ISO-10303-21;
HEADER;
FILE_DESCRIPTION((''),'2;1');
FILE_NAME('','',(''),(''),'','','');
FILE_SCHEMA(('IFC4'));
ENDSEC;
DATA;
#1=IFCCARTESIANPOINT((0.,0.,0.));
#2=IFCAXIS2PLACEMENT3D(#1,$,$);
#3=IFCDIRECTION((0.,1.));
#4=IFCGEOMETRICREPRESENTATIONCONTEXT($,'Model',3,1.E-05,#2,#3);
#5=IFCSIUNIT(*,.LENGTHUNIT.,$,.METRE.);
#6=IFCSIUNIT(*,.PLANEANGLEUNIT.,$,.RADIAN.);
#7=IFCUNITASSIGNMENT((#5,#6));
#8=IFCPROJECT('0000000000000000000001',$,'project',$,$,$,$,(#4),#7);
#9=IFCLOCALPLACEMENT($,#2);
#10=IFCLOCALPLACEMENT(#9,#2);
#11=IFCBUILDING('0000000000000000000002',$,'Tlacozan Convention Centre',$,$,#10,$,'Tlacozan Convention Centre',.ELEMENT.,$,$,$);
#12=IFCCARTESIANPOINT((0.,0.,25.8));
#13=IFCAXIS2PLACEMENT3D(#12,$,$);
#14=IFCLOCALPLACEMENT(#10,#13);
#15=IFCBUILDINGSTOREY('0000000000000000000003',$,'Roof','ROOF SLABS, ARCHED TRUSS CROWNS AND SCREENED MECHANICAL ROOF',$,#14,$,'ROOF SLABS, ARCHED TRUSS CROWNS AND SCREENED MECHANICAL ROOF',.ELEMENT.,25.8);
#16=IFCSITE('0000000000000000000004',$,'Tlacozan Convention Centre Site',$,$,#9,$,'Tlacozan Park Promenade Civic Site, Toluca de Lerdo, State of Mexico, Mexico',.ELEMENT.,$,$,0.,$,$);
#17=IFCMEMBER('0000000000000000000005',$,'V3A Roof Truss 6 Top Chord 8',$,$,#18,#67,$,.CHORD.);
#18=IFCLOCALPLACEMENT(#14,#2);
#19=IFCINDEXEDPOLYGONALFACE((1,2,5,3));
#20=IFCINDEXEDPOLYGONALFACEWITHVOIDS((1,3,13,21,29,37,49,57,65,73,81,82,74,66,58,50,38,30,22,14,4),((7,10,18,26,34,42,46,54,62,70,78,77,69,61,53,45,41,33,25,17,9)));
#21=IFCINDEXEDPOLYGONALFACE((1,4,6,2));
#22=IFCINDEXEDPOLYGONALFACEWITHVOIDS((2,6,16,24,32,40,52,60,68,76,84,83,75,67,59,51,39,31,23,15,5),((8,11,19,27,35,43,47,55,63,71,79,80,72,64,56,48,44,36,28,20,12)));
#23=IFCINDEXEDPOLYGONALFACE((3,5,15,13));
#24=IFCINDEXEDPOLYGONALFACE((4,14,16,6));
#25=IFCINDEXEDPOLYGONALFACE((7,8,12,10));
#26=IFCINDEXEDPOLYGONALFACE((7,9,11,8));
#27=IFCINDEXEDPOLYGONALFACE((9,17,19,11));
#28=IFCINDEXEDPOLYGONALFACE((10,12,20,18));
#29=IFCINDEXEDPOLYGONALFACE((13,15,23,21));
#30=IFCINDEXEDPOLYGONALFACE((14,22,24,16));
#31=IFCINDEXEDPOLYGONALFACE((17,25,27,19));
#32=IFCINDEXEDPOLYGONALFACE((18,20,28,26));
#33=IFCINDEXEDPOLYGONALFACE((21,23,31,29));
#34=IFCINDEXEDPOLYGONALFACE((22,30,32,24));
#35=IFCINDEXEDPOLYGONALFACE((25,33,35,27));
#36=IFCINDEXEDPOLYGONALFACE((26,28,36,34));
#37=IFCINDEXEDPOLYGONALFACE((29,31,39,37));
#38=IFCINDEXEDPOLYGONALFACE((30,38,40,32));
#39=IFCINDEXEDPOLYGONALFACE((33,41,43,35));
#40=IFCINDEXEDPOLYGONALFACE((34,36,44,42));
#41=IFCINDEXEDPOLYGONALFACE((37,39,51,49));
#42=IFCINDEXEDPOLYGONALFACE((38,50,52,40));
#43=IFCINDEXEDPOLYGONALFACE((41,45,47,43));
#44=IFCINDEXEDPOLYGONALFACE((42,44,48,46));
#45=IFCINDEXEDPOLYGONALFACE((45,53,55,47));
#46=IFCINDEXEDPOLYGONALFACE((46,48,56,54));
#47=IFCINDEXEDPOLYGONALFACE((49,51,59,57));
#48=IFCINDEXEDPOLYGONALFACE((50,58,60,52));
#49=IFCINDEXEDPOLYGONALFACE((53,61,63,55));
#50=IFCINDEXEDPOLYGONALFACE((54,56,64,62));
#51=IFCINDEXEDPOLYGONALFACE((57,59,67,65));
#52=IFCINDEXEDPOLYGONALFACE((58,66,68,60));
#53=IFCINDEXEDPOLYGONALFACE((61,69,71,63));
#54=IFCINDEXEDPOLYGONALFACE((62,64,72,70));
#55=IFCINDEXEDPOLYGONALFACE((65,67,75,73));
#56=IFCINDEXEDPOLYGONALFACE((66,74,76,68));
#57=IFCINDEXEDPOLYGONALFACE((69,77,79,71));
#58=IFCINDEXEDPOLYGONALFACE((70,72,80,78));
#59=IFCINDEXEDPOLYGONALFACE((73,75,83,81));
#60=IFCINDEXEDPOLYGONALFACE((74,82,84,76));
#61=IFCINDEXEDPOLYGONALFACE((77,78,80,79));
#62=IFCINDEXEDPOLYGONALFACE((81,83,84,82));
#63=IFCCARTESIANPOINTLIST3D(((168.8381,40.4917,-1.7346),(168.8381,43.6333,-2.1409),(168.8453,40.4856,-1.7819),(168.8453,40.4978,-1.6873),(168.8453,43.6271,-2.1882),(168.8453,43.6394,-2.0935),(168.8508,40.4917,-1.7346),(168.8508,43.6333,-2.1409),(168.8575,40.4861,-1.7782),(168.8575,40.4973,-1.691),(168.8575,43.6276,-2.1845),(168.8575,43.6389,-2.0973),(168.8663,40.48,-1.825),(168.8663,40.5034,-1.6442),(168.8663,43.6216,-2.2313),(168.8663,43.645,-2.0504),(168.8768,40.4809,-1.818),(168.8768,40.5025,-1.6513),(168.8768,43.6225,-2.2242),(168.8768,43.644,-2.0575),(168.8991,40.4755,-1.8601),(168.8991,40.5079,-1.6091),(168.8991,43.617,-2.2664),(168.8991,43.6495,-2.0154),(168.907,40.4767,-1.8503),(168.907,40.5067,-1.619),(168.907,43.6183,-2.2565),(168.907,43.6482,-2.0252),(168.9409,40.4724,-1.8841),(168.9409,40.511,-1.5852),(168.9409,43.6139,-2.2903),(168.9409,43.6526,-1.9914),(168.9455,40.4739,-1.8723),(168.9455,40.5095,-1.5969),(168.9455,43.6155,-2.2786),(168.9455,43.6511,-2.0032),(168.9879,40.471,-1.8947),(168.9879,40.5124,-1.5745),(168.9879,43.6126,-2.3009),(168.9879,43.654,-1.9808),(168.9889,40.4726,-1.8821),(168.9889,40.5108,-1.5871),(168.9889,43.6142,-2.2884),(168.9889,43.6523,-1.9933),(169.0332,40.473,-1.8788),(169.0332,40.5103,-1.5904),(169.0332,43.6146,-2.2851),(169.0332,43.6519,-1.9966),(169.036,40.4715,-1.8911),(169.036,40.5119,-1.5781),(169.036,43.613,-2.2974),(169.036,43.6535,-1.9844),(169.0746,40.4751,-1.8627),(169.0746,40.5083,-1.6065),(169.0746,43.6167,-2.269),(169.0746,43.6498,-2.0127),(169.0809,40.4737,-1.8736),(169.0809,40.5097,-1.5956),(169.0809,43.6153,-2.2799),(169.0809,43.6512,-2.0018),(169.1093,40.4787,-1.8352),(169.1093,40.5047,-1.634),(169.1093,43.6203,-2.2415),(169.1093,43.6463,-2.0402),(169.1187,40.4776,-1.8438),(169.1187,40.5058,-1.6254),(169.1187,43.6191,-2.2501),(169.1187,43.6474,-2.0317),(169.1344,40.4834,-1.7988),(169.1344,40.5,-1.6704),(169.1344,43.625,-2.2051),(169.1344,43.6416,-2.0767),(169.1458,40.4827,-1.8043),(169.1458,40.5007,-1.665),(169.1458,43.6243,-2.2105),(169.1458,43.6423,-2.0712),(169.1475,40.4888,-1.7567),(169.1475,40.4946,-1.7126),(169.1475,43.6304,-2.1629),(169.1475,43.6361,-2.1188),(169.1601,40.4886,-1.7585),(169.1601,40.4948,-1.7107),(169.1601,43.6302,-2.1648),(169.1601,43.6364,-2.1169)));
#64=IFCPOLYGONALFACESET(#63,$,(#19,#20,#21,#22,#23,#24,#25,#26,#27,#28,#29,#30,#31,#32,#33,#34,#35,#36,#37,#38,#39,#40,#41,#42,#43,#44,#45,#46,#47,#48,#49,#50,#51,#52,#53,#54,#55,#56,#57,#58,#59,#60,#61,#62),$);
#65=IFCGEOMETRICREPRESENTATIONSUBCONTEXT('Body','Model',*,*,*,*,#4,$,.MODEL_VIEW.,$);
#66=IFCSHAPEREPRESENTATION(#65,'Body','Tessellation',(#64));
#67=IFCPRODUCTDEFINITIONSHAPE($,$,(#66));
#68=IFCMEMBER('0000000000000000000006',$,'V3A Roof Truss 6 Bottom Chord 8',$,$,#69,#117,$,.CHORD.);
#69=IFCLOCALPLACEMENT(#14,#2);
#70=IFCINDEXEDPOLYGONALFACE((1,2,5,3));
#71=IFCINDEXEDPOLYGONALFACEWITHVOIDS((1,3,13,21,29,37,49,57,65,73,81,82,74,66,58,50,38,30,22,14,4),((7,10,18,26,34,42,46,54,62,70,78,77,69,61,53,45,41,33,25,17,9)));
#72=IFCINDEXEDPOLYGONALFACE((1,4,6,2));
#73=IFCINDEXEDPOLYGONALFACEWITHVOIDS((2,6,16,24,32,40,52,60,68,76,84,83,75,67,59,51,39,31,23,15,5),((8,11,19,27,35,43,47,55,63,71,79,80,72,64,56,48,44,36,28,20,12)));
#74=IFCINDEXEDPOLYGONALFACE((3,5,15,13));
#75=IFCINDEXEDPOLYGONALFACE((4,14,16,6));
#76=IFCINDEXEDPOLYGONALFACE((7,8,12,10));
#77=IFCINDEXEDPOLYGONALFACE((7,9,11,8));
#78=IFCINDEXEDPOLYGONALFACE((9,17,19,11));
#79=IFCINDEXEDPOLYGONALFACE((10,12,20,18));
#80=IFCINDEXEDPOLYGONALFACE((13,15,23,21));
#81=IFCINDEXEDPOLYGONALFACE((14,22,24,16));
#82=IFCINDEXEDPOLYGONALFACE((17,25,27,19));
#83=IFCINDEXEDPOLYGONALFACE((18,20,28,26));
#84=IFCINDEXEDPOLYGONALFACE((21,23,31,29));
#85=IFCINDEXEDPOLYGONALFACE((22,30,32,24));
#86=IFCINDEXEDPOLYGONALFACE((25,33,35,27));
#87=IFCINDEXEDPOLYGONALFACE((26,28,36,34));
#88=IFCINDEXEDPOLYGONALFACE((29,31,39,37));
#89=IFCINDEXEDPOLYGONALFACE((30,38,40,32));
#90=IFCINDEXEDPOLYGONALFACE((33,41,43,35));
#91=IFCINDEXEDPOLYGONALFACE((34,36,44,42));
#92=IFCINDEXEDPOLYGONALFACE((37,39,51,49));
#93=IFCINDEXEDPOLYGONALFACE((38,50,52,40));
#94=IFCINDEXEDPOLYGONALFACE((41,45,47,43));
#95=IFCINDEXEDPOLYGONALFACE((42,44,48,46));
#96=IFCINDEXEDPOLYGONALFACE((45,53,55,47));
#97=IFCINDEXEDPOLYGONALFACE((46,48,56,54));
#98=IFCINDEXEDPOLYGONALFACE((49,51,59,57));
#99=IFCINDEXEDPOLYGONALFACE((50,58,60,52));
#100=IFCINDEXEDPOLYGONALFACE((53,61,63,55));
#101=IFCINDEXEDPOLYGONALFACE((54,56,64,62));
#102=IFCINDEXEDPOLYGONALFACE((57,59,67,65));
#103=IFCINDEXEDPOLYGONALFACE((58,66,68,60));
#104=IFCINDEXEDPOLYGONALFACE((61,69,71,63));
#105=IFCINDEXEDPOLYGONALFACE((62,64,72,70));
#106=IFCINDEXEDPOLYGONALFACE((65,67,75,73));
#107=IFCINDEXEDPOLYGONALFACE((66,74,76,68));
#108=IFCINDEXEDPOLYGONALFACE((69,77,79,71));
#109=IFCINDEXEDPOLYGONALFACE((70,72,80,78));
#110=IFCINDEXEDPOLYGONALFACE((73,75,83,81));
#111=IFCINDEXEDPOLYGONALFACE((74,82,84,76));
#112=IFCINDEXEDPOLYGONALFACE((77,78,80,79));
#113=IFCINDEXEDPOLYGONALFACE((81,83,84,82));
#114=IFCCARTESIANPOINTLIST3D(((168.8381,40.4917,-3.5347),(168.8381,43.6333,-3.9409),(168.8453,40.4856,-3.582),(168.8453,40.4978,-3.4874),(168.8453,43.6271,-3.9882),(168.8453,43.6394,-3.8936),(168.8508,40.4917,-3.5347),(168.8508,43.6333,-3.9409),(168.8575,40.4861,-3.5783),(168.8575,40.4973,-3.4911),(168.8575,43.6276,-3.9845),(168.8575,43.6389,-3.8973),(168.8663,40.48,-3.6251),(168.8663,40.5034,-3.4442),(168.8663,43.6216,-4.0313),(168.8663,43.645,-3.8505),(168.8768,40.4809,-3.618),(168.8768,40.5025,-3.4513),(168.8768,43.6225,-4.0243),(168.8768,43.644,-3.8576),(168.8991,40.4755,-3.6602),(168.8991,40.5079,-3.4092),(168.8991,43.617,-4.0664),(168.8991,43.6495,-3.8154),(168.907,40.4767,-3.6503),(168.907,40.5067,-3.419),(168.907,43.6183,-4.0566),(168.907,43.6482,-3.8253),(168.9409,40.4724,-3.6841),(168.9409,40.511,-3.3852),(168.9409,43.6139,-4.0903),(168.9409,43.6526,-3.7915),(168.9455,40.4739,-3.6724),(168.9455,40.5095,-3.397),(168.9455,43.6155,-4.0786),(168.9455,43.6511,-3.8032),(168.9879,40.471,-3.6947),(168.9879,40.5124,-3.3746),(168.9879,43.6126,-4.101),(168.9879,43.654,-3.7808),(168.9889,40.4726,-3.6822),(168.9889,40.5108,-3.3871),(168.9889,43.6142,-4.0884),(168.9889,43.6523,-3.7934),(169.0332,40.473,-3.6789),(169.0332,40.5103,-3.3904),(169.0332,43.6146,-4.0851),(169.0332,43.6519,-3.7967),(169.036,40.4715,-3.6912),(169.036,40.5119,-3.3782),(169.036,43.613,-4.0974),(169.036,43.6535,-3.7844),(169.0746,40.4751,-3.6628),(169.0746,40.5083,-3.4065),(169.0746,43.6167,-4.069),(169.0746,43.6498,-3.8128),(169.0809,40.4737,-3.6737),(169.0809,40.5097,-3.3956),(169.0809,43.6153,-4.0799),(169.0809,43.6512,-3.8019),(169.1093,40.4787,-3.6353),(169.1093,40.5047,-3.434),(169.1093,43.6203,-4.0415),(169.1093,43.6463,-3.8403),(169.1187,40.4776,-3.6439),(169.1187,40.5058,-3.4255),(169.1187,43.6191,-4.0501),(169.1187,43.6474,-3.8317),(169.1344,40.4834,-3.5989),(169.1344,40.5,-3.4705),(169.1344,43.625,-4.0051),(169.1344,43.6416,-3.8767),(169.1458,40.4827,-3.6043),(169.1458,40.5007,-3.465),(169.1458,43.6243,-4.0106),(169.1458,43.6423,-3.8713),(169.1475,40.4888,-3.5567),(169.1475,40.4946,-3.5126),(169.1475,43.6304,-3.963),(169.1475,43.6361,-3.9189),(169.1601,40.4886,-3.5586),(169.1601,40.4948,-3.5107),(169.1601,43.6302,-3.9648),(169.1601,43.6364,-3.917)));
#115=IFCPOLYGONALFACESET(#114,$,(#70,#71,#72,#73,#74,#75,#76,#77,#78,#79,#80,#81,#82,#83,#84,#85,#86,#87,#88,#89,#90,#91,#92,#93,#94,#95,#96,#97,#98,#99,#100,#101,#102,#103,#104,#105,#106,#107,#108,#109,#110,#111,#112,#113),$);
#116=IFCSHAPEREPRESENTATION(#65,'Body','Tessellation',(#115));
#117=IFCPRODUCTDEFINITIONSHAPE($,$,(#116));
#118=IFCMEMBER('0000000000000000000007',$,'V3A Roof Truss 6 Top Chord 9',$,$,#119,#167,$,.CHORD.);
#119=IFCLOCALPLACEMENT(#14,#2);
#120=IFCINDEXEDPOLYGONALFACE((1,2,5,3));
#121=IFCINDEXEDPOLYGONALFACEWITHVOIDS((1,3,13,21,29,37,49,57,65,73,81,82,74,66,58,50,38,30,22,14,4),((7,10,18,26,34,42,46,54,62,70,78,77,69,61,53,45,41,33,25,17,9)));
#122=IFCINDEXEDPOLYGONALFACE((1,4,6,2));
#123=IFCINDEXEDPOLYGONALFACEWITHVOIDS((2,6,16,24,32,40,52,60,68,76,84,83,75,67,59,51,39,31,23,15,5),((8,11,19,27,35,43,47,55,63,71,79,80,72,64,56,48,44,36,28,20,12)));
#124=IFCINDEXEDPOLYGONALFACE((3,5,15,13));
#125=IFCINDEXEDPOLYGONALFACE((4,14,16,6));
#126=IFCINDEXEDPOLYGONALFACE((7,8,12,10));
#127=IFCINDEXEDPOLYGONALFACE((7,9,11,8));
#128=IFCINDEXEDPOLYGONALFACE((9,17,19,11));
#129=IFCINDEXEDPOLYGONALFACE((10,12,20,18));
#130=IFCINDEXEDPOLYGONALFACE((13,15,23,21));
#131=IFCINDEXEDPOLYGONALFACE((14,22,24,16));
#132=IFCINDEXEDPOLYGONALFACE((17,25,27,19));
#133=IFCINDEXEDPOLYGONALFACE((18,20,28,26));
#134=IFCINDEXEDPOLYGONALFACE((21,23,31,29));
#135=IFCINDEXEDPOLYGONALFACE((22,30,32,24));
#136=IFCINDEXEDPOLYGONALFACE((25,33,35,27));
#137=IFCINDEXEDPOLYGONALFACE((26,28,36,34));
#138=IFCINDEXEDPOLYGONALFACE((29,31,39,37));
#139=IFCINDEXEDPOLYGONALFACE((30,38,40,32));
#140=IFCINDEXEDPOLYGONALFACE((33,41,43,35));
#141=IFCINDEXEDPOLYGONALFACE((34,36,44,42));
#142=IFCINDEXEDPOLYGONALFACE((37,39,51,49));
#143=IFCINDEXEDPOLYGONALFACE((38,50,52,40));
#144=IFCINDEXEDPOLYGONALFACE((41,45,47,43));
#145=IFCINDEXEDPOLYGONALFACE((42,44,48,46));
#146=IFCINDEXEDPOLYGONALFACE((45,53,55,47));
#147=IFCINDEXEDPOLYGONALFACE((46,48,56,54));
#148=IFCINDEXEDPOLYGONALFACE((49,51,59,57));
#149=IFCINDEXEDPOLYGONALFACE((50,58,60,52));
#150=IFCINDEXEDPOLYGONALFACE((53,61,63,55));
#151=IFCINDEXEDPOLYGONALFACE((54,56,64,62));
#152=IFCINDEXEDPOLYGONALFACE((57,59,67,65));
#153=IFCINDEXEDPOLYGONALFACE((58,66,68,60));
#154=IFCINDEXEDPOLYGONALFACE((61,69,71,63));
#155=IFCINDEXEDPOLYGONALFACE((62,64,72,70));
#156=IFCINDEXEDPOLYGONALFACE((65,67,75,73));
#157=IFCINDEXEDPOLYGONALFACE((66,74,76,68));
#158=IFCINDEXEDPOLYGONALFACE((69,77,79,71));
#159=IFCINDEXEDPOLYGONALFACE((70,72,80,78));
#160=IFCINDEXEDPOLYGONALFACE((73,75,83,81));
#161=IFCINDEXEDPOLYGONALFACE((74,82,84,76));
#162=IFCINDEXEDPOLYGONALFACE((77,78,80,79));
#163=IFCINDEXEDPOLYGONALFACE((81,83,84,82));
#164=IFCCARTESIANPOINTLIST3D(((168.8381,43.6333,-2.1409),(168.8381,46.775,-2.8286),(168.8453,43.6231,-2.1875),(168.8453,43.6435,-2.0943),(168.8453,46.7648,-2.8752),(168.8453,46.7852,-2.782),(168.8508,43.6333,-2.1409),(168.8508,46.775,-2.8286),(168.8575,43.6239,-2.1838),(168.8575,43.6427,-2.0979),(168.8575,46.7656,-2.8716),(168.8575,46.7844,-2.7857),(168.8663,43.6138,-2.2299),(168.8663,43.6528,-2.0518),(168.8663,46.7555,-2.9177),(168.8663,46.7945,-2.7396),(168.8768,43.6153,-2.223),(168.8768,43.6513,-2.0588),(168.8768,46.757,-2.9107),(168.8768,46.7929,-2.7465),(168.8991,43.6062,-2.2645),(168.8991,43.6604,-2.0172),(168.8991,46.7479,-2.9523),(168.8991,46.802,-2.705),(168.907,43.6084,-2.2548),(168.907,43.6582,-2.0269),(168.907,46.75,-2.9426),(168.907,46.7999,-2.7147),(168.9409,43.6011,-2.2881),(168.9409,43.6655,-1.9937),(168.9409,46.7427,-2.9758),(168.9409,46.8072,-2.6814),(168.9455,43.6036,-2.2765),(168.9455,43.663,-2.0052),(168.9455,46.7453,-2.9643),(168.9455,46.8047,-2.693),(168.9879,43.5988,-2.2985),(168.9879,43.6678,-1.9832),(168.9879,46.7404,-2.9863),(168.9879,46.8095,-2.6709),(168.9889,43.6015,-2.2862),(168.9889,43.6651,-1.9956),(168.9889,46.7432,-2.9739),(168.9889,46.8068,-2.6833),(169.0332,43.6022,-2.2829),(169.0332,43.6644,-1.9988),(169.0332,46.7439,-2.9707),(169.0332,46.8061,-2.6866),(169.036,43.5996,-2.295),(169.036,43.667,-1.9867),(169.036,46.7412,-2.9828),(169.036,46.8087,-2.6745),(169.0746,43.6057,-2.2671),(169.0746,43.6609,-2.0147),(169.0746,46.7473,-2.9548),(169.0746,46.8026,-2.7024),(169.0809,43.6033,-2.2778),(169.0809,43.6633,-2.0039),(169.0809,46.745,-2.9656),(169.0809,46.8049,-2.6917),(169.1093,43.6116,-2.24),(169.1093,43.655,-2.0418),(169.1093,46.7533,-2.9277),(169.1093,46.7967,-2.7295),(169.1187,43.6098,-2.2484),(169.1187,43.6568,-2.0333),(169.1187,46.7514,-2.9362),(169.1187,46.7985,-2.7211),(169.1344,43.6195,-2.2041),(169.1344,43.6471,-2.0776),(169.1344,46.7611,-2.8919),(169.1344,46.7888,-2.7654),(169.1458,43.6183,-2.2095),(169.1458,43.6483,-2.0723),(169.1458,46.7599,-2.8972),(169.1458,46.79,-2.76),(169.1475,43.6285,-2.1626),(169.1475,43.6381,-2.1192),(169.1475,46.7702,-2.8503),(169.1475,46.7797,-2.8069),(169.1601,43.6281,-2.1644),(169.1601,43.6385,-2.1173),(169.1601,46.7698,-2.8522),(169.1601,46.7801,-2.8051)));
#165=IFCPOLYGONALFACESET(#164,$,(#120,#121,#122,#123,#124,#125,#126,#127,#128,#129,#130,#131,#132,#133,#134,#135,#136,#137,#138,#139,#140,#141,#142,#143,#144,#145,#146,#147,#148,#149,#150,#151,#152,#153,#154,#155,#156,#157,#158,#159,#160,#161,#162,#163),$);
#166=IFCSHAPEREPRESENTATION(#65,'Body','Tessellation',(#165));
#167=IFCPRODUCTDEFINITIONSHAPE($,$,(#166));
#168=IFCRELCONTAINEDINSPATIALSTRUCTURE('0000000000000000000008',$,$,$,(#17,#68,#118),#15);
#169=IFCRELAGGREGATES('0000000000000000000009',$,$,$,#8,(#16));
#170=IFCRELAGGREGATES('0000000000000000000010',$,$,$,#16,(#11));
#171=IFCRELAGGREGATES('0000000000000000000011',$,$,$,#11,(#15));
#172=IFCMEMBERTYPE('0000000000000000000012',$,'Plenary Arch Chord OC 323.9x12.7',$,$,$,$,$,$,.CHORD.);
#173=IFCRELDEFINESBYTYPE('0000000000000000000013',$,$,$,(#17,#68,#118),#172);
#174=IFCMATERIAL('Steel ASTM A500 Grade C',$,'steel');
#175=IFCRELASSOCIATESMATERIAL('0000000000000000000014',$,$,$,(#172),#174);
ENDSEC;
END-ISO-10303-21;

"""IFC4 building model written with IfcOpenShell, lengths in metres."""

from ifc_helpers import new_model, si_unit, direction, frame, origin, origin_2d, place, context, subcontext, project, spatial, hollow_circle, extrude, material, material_profile, profile_set, type_object, element, save


model = new_model("IFC4")

# Units and contexts
model_context = context("Model", 3, precision=1e-05, world=origin(), true_north=direction((0.0, 1.0)))
body_context = subcontext(model_context, "Body", "Model", "MODEL_VIEW")
ifc_project = project(units=[si_unit("LENGTHUNIT", "METRE"), si_unit("PLANEANGLEUNIT", "RADIAN")], contexts=[model_context])

# Site, building, storey
site_placement = place(None, origin())
site = spatial("IfcSite", under=ifc_project, at=site_placement, Name="Tlacozan Convention Centre Site", LongName="Tlacozan Park Promenade Civic Site, Toluca de Lerdo, State of Mexico, Mexico", CompositionType="ELEMENT", RefElevation=0.0)
building_placement = place(site_placement, origin())
building = spatial("IfcBuilding", under=site, at=building_placement, Name="Tlacozan Convention Centre", LongName="Tlacozan Convention Centre", CompositionType="ELEMENT")
storey_placement = place(building_placement, frame((0.0, 0.0, 25.8)))
storey = spatial("IfcBuildingStorey", under=building, at=storey_placement, Name="Roof", Description="ROOF SLABS, ARCHED TRUSS CROWNS AND SCREENED MECHANICAL ROOF", LongName="ROOF SLABS, ARCHED TRUSS CROWNS AND SCREENED MECHANICAL ROOF", CompositionType="ELEMENT", Elevation=25.8)

# Members
ifc_material_1 = material(Name="Steel ASTM A500 Grade C", Category="steel")
ifc_material_profile_1 = material_profile(ifc_material_1, hollow_circle(Radius=0.1619, WallThickness=0.0127, at=origin_2d()), Name="OC 323.9x12.7")
ifc_profile_set_1 = profile_set([ifc_material_profile_1], Name="Steel ASTM A500 Grade C")
member_type_1 = type_object("IfcMemberType", Name="Plenary Arch Chord OC 323.9x12.7", PredefinedType="CHORD", material=ifc_profile_set_1)
for number, where, z_axis, x_axis, name in (
    (1, (169.0, 40.4917, -1.7346), (0.0, 0.991742, -0.128245), (-1.0, 0.0, 0.0), "V3A Roof Truss 6 Top Chord 8"),
    (2, (169.0, 40.4917, -3.5347), (0.0, 0.991742, -0.128245), (-1.0, 0.0, 0.0), "V3A Roof Truss 6 Bottom Chord 8"),
):
    element("IfcMember", number, at=place(storey_placement, frame(where, z_axis=z_axis, x_axis=x_axis)), inside=storey, type_object=member_type_1, Name=name, PredefinedType="CHORD", context=body_context, shape_type="SweptSolid", body=[
        extrude(hollow_circle(Radius=0.1619, WallThickness=0.0127, at=origin_2d()), origin(), (0.0, 0.0, 1.0), 3.1677),
    ])
member_1_placement = place(storey_placement, frame((169.0, 43.6333, -2.1409), z_axis=(0.0, 0.976866, -0.213851), x_axis=(-1.0, 0.0, 0.0)))
element("IfcMember", 3, at=member_1_placement, inside=storey, type_object=member_type_1, Name="V3A Roof Truss 6 Top Chord 9", PredefinedType="CHORD", context=body_context, shape_type="SweptSolid", body=[
    extrude(hollow_circle(Radius=0.1619, WallThickness=0.0127, at=origin_2d()), origin(), (0.0, 0.0, 1.0), 3.2161),
])

save(model, "model.ifc")
